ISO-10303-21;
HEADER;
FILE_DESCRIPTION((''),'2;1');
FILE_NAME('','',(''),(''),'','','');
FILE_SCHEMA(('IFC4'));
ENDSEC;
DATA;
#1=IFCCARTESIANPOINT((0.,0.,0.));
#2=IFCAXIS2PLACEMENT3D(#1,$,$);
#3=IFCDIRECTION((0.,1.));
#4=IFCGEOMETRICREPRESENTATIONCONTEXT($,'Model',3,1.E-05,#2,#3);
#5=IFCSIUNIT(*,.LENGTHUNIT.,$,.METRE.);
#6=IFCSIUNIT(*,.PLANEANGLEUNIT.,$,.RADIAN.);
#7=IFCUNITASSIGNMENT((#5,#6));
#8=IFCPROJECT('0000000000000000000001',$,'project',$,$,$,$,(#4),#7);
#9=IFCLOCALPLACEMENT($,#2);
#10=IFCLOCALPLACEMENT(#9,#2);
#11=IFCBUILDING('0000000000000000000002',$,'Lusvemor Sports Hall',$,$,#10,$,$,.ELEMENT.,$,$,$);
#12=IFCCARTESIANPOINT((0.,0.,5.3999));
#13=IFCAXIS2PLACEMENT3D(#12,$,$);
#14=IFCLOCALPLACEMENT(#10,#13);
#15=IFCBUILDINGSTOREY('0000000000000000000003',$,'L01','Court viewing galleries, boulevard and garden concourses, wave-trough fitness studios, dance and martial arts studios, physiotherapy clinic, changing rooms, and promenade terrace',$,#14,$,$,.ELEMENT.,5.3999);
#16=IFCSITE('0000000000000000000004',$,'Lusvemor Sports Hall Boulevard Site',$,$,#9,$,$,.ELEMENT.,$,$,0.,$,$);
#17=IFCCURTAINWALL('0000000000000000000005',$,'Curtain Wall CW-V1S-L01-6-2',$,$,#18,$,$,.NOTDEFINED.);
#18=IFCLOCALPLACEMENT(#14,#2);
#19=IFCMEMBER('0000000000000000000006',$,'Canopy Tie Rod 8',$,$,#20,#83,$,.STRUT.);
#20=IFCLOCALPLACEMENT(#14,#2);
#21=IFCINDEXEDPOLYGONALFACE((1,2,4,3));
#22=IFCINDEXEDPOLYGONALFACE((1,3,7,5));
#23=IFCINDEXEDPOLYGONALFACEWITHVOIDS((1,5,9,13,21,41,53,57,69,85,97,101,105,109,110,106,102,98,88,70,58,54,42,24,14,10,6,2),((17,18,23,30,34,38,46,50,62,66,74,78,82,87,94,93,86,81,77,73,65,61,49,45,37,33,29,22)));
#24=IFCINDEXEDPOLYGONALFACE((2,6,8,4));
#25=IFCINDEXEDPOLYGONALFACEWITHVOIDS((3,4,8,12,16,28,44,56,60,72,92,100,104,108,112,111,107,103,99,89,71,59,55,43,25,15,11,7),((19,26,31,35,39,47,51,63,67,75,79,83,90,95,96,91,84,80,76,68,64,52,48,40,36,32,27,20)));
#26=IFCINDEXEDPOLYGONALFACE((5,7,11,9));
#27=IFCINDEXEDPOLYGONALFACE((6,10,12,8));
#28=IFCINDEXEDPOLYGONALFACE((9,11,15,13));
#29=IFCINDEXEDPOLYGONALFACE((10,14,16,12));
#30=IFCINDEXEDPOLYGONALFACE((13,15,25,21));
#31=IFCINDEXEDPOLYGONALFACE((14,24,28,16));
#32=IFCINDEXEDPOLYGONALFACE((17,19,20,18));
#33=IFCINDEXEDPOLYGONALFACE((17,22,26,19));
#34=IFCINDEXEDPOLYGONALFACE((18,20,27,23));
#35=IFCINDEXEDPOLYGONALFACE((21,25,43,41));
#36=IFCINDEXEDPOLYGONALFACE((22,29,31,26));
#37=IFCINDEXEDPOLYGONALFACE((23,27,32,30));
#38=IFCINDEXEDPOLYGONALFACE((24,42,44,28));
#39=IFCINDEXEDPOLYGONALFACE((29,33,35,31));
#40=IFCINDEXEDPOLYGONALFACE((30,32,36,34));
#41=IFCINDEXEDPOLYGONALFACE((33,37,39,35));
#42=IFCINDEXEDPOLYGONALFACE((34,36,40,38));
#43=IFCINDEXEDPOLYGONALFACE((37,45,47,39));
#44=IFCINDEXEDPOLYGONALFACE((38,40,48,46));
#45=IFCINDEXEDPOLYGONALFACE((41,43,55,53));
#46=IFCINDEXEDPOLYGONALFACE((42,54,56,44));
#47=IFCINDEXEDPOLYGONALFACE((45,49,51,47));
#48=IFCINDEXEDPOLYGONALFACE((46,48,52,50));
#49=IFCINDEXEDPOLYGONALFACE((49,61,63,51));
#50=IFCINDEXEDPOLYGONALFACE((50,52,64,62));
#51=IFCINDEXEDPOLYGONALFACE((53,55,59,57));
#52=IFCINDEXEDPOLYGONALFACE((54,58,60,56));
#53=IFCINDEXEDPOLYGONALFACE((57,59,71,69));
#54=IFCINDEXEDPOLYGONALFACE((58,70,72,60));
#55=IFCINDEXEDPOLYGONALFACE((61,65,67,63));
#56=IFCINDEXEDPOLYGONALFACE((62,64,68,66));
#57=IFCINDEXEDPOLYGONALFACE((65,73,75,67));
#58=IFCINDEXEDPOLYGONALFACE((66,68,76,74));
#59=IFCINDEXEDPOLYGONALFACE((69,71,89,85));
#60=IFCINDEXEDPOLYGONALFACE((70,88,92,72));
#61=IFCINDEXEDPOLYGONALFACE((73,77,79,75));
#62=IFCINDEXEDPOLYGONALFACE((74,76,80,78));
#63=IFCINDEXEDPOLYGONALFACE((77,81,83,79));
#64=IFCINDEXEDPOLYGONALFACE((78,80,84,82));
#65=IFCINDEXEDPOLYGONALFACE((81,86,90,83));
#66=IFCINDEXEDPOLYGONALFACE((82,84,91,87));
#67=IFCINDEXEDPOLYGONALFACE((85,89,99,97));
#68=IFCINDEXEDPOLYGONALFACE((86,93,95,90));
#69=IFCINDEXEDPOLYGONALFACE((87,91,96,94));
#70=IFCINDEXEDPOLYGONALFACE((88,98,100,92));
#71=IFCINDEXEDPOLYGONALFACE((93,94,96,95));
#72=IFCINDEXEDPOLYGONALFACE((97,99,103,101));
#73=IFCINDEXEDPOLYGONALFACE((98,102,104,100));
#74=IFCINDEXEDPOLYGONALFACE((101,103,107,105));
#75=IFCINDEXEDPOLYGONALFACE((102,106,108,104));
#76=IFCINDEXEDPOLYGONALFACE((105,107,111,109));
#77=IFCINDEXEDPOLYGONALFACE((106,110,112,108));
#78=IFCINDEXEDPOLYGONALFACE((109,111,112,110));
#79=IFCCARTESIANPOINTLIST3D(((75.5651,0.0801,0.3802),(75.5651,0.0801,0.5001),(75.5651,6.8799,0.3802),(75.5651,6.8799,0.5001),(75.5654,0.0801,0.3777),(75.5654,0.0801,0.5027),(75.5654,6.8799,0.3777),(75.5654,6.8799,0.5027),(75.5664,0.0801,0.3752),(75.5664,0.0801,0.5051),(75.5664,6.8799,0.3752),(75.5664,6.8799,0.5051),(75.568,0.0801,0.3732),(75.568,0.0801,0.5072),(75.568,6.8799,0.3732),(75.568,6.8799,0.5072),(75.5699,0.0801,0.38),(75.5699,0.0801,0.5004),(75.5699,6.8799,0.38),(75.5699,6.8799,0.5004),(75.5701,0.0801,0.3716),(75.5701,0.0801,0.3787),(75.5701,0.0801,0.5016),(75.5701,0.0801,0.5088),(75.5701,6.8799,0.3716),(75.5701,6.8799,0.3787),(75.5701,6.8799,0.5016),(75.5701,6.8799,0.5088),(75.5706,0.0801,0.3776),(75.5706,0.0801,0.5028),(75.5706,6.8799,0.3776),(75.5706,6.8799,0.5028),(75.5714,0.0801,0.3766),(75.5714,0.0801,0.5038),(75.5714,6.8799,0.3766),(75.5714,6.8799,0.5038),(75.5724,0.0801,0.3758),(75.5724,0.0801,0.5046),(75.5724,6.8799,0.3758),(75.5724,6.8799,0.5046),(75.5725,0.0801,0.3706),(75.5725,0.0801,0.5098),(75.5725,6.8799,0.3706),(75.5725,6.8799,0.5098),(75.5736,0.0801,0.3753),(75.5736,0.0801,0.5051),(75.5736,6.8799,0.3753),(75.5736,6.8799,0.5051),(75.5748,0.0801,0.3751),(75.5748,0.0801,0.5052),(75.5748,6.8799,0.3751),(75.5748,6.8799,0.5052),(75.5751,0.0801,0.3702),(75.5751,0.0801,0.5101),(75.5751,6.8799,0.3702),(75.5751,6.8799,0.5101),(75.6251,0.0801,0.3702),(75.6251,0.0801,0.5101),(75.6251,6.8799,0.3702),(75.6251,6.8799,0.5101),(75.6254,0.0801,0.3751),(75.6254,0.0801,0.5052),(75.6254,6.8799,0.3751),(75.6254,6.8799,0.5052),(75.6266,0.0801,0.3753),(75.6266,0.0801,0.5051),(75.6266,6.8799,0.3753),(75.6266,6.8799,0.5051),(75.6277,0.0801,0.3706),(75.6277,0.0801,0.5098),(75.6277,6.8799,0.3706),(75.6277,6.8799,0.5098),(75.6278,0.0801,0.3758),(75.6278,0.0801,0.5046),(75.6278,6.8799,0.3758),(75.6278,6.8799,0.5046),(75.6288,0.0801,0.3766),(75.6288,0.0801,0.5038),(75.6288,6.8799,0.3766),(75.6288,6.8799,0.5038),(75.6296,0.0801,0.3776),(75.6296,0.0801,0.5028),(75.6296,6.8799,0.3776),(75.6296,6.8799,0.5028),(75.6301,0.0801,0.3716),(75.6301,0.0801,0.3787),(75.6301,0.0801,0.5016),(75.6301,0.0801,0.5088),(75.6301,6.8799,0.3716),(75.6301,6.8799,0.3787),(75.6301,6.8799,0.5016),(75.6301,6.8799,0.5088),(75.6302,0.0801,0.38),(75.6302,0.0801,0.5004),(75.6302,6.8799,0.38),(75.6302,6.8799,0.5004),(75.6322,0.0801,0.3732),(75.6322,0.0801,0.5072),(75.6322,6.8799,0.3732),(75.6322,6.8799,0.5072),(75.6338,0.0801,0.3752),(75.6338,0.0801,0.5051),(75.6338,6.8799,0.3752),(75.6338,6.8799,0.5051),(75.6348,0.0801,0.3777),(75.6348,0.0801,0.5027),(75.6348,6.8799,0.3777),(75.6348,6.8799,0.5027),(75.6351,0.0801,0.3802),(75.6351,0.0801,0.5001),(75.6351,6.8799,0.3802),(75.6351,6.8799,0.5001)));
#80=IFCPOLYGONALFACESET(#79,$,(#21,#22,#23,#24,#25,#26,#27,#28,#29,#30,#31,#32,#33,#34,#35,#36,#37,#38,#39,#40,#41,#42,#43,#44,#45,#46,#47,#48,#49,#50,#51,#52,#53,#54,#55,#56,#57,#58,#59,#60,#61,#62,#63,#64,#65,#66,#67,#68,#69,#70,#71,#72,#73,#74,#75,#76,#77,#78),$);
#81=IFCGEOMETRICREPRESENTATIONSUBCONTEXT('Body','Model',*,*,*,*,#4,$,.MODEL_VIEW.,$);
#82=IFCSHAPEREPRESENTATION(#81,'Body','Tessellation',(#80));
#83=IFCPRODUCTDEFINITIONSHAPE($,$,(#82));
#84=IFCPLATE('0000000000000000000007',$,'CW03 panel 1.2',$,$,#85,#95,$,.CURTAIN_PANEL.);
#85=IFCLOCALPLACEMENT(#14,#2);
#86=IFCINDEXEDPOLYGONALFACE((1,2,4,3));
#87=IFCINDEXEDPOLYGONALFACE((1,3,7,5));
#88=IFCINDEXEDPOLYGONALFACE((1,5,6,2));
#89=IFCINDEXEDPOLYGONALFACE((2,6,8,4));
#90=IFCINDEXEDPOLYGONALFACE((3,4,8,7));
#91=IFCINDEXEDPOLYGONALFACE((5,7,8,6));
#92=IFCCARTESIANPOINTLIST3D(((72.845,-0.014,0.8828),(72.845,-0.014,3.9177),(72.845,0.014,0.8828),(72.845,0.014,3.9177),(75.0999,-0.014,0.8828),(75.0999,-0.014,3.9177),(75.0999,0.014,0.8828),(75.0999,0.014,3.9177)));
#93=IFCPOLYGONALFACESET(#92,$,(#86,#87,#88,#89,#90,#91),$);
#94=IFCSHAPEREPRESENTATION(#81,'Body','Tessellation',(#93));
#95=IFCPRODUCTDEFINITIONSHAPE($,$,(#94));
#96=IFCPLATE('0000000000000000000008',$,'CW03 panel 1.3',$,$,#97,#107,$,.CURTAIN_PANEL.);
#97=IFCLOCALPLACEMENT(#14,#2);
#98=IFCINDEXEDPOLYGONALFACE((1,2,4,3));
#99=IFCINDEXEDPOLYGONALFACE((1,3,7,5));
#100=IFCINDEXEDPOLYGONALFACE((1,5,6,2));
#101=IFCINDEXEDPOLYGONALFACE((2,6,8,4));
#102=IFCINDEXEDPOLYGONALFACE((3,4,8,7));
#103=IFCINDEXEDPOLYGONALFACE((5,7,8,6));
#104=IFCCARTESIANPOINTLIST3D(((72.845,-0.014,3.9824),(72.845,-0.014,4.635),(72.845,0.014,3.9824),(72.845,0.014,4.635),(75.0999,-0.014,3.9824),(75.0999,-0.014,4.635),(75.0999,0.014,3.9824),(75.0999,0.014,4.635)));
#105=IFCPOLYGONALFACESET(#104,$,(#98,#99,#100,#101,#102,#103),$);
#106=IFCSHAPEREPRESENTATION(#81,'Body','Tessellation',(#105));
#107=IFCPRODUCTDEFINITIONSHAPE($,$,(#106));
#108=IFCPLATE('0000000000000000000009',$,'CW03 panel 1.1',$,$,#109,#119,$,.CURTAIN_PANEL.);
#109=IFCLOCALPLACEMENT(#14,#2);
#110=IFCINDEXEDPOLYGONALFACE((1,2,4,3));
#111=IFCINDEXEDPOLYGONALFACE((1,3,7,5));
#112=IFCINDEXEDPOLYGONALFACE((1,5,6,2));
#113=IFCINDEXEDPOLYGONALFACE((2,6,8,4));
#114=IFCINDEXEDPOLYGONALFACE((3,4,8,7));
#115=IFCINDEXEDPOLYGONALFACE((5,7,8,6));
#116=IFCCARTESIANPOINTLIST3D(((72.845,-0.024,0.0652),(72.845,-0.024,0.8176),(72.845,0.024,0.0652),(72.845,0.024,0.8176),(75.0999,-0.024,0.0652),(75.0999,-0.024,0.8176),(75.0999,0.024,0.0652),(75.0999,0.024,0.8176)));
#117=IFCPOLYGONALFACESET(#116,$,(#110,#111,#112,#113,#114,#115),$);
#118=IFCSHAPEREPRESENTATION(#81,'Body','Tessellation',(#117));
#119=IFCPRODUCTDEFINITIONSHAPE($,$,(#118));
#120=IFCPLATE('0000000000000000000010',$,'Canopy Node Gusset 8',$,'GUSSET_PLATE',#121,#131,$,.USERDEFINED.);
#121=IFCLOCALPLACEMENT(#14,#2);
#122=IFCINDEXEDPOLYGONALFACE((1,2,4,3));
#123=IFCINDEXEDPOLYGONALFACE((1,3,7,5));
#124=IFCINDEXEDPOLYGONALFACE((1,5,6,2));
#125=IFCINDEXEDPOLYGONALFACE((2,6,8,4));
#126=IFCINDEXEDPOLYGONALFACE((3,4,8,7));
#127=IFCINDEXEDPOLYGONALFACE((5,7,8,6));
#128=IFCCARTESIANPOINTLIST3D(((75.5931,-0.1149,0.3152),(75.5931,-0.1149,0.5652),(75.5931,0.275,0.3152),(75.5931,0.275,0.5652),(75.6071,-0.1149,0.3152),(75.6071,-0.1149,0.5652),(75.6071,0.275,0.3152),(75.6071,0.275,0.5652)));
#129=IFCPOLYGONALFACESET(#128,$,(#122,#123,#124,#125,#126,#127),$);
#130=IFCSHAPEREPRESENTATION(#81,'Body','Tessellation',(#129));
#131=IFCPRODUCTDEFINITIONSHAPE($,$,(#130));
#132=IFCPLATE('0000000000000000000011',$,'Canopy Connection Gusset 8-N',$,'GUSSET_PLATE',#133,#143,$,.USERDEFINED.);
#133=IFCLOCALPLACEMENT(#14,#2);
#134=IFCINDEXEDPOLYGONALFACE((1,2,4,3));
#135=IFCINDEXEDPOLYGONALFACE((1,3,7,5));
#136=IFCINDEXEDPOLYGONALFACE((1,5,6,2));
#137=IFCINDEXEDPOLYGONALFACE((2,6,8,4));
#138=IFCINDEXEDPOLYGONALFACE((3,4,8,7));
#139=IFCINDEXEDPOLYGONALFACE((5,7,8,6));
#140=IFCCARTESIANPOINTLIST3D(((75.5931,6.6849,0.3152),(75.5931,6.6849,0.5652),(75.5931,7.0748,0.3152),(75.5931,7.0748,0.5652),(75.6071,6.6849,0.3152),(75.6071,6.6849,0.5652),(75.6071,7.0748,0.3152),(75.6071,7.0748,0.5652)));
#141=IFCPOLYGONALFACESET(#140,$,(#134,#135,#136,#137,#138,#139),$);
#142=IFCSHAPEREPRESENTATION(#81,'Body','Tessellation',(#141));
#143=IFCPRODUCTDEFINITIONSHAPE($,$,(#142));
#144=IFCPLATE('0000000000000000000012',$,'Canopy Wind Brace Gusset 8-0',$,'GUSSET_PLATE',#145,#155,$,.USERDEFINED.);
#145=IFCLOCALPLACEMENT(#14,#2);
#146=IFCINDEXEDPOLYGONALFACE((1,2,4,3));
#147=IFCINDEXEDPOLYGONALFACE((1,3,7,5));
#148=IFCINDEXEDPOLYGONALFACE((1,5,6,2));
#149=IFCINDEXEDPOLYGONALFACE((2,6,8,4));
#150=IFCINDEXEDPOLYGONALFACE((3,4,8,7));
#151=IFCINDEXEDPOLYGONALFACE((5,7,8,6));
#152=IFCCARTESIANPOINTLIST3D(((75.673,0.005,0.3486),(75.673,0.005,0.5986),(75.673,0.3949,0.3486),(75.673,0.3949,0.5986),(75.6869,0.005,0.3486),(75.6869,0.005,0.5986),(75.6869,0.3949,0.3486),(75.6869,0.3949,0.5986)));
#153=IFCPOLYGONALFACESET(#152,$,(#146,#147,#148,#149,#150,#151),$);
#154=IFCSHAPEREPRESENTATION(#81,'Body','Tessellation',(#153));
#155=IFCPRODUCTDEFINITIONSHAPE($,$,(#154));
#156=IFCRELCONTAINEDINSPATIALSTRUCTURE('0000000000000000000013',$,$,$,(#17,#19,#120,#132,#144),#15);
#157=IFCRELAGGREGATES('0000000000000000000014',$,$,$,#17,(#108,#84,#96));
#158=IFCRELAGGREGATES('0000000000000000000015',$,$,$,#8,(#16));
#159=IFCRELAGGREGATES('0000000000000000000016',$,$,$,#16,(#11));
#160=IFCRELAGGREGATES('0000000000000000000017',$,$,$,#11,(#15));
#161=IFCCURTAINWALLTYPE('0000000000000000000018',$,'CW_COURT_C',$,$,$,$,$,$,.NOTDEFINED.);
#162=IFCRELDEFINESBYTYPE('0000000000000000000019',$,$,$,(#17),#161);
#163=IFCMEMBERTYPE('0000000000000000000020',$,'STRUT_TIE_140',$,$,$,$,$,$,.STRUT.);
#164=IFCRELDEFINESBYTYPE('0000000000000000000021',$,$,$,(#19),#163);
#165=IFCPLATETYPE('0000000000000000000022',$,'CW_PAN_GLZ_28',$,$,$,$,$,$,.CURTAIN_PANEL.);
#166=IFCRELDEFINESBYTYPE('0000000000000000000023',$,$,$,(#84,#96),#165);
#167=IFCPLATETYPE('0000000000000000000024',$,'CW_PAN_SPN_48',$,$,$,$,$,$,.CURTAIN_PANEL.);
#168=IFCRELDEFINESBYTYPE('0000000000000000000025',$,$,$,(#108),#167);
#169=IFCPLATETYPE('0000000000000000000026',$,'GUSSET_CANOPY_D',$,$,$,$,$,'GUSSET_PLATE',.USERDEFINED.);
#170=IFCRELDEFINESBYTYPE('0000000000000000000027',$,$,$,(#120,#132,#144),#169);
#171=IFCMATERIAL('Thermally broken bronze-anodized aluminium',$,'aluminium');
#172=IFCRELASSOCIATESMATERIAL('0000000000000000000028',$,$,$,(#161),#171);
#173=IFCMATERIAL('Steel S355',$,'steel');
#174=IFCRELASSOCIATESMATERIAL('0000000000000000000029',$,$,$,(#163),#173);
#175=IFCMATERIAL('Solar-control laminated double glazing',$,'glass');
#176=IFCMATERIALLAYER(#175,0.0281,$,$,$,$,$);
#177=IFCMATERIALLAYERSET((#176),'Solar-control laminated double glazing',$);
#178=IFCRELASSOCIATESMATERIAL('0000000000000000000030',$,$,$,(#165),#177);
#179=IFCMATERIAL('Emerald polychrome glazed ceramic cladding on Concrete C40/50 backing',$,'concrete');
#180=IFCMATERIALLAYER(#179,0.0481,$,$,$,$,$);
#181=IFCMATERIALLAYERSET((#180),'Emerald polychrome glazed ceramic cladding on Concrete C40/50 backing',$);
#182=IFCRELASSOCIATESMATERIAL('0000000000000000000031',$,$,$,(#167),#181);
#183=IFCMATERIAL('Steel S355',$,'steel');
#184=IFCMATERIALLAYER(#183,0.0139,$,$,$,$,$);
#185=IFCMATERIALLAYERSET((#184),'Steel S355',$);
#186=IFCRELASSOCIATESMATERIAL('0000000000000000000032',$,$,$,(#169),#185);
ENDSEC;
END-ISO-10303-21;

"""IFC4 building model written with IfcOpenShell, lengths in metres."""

from ifc_helpers import new_model, si_unit, direction, frame, origin, origin_2d, place, context, subcontext, project, spatial, rectangle, hollow_rectangle, extrude, material, layer, layer_set, material_profile, profile_set, type_object, element, aggregate, save


model = new_model("IFC4")

# Units and contexts
model_context = context("Model", 3, precision=1e-05, world=origin(), true_north=direction((0.0, 1.0)))
body_context = subcontext(model_context, "Body", "Model", "MODEL_VIEW")
ifc_project = project(units=[si_unit("LENGTHUNIT", "METRE"), si_unit("PLANEANGLEUNIT", "RADIAN")], contexts=[model_context])

# Site, building, storey
site_placement = place(None, origin())
site = spatial("IfcSite", under=ifc_project, at=site_placement, Name="Lusvemor Sports Hall Boulevard Site", CompositionType="ELEMENT", RefElevation=0.0)
building_placement = place(site_placement, origin())
building = spatial("IfcBuilding", under=site, at=building_placement, Name="Lusvemor Sports Hall", CompositionType="ELEMENT")
storey_placement = place(building_placement, frame((0.0, 0.0, 5.3999)))
storey = spatial("IfcBuildingStorey", under=building, at=storey_placement, Name="L01", Description="Court viewing galleries, boulevard and garden concourses, wave-trough fitness studios, dance and martial arts studios, physiotherapy clinic, changing rooms, and promenade terrace", CompositionType="ELEMENT", Elevation=5.3999)

# Curtain wall
ifc_material_1 = material(Name="Thermally broken bronze-anodized aluminium", Category="aluminium")
curtain_wall_type = type_object("IfcCurtainWallType", Name="CW_COURT_C", PredefinedType="NOTDEFINED", material=ifc_material_1)
curtain_wall_placement = place(storey_placement, origin())
curtain_wall = element("IfcCurtainWall", 1, at=curtain_wall_placement, inside=storey, type_object=curtain_wall_type, Name="Curtain Wall CW-V1S-L01-6-2", PredefinedType="NOTDEFINED")

# Member
ifc_material_2 = material(Name="Steel S355", Category="steel")
ifc_material_profile_1 = material_profile(ifc_material_2, hollow_rectangle(XDim=0.0701, YDim=0.1399, WallThickness=0.0049, InnerFilletRadius=0.0049, OuterFilletRadius=0.01, at=origin_2d()), Name="RHS140x70x5")
ifc_profile_set_1 = profile_set([ifc_material_profile_1], Name="Steel S355")
member_type_1 = type_object("IfcMemberType", Name="STRUT_TIE_140", PredefinedType="STRUT", material=ifc_profile_set_1)
member_1_placement = place(storey_placement, frame((75.6001, 0.0801, 0.4402), z_axis=(0.0, 1.0, 0.0), x_axis=(-1.0, 0.0, 0.0)))
element("IfcMember", 2, at=member_1_placement, inside=storey, type_object=member_type_1, Name="Canopy Tie Rod 8", PredefinedType="STRUT", context=body_context, shape_type="SweptSolid", body=[
    extrude(hollow_rectangle(XDim=0.0701, YDim=0.1399, WallThickness=0.0049, InnerFilletRadius=0.0049, OuterFilletRadius=0.01, at=origin_2d()), origin(), (0.0, 0.0, 1.0), 6.7998),
])

# Plates
ifc_material_3 = material(Name="Solar-control laminated double glazing", Category="glass")
ifc_layer_1 = layer(ifc_material_3, 0.0281)
ifc_layer_set_1 = layer_set([ifc_layer_1], Name="Solar-control laminated double glazing")
plate_type_1 = type_object("IfcPlateType", Name="CW_PAN_GLZ_28", PredefinedType="CURTAIN_PANEL", material=ifc_layer_set_1)
plate_1_placement = place(storey_placement, frame((73.9724, 0.0, 0.8828), z_axis=(0.0, 0.0, 1.0), x_axis=(-1.0, 0.0, 0.0)))
plate_1 = element("IfcPlate", 3, at=plate_1_placement, type_object=plate_type_1, Name="CW03 panel 1.2", PredefinedType="CURTAIN_PANEL", context=body_context, shape_type="SweptSolid", body=[
    extrude(rectangle(XDim=2.2549, YDim=0.0281, at=origin_2d()), origin(), (0.0, 0.0, 1.0), 3.0349),
])
plate_2_placement = place(storey_placement, frame((73.9724, 0.0, 3.9824), z_axis=(0.0, 0.0, 1.0), x_axis=(-1.0, 0.0, 0.0)))
plate_2 = element("IfcPlate", 4, at=plate_2_placement, type_object=plate_type_1, Name="CW03 panel 1.3", PredefinedType="CURTAIN_PANEL", context=body_context, shape_type="SweptSolid", body=[
    extrude(rectangle(XDim=2.2549, YDim=0.0281, at=origin_2d()), origin(), (0.0, 0.0, 1.0), 0.6526),
])
ifc_material_4 = material(Name="Emerald polychrome glazed ceramic cladding on Concrete C40/50 backing", Category="concrete")
ifc_layer_2 = layer(ifc_material_4, 0.0481)
ifc_layer_set_2 = layer_set([ifc_layer_2], Name="Emerald polychrome glazed ceramic cladding on Concrete C40/50 backing")
plate_type_2 = type_object("IfcPlateType", Name="CW_PAN_SPN_48", PredefinedType="CURTAIN_PANEL", material=ifc_layer_set_2)
plate_3_placement = place(storey_placement, frame((73.9724, 0.0, 0.0652), z_axis=(0.0, 0.0, 1.0), x_axis=(-1.0, 0.0, 0.0)))
plate_3 = element("IfcPlate", 5, at=plate_3_placement, type_object=plate_type_2, Name="CW03 panel 1.1", PredefinedType="CURTAIN_PANEL", context=body_context, shape_type="SweptSolid", body=[
    extrude(rectangle(XDim=2.2549, YDim=0.0481, at=origin_2d()), origin(), (0.0, 0.0, 1.0), 0.7524),
])
aggregate(curtain_wall, [plate_3, plate_1, plate_2])

# Plates
ifc_material_5 = material(Name="Steel S355", Category="steel")
ifc_layer_3 = layer(ifc_material_5, 0.0139)
ifc_layer_set_3 = layer_set([ifc_layer_3], Name="Steel S355")
plate_type_3 = type_object("IfcPlateType", Name="GUSSET_CANOPY_D", ElementType="GUSSET_PLATE", PredefinedType="USERDEFINED", material=ifc_layer_set_3)
for number, where, z_axis, x_axis, name in (
    (6, (75.6001, 0.0801, 0.3152), (0.0, 0.0, 1.0), (1.0, 0.0, 0.0), "Canopy Node Gusset 8"),
    (7, (75.6001, 6.8799, 0.3152), (0.0, 0.0, 1.0), (1.0, 0.0, 0.0), "Canopy Connection Gusset 8-N"),
    (8, (75.6799, 0.2, 0.3486), (0.0, 0.0, 1.0), (1.0, 0.0, 0.0), "Canopy Wind Brace Gusset 8-0"),
):
    element("IfcPlate", number, at=place(storey_placement, frame(where, z_axis=z_axis, x_axis=x_axis)), inside=storey, type_object=plate_type_3, Name=name, ObjectType="GUSSET_PLATE", PredefinedType="USERDEFINED", context=body_context, shape_type="SweptSolid", body=[
        extrude(rectangle(XDim=0.0139, YDim=0.3899, at=origin_2d()), origin(), (0.0, 0.0, 1.0), 0.25),
    ])

save(model, "model.ifc")
